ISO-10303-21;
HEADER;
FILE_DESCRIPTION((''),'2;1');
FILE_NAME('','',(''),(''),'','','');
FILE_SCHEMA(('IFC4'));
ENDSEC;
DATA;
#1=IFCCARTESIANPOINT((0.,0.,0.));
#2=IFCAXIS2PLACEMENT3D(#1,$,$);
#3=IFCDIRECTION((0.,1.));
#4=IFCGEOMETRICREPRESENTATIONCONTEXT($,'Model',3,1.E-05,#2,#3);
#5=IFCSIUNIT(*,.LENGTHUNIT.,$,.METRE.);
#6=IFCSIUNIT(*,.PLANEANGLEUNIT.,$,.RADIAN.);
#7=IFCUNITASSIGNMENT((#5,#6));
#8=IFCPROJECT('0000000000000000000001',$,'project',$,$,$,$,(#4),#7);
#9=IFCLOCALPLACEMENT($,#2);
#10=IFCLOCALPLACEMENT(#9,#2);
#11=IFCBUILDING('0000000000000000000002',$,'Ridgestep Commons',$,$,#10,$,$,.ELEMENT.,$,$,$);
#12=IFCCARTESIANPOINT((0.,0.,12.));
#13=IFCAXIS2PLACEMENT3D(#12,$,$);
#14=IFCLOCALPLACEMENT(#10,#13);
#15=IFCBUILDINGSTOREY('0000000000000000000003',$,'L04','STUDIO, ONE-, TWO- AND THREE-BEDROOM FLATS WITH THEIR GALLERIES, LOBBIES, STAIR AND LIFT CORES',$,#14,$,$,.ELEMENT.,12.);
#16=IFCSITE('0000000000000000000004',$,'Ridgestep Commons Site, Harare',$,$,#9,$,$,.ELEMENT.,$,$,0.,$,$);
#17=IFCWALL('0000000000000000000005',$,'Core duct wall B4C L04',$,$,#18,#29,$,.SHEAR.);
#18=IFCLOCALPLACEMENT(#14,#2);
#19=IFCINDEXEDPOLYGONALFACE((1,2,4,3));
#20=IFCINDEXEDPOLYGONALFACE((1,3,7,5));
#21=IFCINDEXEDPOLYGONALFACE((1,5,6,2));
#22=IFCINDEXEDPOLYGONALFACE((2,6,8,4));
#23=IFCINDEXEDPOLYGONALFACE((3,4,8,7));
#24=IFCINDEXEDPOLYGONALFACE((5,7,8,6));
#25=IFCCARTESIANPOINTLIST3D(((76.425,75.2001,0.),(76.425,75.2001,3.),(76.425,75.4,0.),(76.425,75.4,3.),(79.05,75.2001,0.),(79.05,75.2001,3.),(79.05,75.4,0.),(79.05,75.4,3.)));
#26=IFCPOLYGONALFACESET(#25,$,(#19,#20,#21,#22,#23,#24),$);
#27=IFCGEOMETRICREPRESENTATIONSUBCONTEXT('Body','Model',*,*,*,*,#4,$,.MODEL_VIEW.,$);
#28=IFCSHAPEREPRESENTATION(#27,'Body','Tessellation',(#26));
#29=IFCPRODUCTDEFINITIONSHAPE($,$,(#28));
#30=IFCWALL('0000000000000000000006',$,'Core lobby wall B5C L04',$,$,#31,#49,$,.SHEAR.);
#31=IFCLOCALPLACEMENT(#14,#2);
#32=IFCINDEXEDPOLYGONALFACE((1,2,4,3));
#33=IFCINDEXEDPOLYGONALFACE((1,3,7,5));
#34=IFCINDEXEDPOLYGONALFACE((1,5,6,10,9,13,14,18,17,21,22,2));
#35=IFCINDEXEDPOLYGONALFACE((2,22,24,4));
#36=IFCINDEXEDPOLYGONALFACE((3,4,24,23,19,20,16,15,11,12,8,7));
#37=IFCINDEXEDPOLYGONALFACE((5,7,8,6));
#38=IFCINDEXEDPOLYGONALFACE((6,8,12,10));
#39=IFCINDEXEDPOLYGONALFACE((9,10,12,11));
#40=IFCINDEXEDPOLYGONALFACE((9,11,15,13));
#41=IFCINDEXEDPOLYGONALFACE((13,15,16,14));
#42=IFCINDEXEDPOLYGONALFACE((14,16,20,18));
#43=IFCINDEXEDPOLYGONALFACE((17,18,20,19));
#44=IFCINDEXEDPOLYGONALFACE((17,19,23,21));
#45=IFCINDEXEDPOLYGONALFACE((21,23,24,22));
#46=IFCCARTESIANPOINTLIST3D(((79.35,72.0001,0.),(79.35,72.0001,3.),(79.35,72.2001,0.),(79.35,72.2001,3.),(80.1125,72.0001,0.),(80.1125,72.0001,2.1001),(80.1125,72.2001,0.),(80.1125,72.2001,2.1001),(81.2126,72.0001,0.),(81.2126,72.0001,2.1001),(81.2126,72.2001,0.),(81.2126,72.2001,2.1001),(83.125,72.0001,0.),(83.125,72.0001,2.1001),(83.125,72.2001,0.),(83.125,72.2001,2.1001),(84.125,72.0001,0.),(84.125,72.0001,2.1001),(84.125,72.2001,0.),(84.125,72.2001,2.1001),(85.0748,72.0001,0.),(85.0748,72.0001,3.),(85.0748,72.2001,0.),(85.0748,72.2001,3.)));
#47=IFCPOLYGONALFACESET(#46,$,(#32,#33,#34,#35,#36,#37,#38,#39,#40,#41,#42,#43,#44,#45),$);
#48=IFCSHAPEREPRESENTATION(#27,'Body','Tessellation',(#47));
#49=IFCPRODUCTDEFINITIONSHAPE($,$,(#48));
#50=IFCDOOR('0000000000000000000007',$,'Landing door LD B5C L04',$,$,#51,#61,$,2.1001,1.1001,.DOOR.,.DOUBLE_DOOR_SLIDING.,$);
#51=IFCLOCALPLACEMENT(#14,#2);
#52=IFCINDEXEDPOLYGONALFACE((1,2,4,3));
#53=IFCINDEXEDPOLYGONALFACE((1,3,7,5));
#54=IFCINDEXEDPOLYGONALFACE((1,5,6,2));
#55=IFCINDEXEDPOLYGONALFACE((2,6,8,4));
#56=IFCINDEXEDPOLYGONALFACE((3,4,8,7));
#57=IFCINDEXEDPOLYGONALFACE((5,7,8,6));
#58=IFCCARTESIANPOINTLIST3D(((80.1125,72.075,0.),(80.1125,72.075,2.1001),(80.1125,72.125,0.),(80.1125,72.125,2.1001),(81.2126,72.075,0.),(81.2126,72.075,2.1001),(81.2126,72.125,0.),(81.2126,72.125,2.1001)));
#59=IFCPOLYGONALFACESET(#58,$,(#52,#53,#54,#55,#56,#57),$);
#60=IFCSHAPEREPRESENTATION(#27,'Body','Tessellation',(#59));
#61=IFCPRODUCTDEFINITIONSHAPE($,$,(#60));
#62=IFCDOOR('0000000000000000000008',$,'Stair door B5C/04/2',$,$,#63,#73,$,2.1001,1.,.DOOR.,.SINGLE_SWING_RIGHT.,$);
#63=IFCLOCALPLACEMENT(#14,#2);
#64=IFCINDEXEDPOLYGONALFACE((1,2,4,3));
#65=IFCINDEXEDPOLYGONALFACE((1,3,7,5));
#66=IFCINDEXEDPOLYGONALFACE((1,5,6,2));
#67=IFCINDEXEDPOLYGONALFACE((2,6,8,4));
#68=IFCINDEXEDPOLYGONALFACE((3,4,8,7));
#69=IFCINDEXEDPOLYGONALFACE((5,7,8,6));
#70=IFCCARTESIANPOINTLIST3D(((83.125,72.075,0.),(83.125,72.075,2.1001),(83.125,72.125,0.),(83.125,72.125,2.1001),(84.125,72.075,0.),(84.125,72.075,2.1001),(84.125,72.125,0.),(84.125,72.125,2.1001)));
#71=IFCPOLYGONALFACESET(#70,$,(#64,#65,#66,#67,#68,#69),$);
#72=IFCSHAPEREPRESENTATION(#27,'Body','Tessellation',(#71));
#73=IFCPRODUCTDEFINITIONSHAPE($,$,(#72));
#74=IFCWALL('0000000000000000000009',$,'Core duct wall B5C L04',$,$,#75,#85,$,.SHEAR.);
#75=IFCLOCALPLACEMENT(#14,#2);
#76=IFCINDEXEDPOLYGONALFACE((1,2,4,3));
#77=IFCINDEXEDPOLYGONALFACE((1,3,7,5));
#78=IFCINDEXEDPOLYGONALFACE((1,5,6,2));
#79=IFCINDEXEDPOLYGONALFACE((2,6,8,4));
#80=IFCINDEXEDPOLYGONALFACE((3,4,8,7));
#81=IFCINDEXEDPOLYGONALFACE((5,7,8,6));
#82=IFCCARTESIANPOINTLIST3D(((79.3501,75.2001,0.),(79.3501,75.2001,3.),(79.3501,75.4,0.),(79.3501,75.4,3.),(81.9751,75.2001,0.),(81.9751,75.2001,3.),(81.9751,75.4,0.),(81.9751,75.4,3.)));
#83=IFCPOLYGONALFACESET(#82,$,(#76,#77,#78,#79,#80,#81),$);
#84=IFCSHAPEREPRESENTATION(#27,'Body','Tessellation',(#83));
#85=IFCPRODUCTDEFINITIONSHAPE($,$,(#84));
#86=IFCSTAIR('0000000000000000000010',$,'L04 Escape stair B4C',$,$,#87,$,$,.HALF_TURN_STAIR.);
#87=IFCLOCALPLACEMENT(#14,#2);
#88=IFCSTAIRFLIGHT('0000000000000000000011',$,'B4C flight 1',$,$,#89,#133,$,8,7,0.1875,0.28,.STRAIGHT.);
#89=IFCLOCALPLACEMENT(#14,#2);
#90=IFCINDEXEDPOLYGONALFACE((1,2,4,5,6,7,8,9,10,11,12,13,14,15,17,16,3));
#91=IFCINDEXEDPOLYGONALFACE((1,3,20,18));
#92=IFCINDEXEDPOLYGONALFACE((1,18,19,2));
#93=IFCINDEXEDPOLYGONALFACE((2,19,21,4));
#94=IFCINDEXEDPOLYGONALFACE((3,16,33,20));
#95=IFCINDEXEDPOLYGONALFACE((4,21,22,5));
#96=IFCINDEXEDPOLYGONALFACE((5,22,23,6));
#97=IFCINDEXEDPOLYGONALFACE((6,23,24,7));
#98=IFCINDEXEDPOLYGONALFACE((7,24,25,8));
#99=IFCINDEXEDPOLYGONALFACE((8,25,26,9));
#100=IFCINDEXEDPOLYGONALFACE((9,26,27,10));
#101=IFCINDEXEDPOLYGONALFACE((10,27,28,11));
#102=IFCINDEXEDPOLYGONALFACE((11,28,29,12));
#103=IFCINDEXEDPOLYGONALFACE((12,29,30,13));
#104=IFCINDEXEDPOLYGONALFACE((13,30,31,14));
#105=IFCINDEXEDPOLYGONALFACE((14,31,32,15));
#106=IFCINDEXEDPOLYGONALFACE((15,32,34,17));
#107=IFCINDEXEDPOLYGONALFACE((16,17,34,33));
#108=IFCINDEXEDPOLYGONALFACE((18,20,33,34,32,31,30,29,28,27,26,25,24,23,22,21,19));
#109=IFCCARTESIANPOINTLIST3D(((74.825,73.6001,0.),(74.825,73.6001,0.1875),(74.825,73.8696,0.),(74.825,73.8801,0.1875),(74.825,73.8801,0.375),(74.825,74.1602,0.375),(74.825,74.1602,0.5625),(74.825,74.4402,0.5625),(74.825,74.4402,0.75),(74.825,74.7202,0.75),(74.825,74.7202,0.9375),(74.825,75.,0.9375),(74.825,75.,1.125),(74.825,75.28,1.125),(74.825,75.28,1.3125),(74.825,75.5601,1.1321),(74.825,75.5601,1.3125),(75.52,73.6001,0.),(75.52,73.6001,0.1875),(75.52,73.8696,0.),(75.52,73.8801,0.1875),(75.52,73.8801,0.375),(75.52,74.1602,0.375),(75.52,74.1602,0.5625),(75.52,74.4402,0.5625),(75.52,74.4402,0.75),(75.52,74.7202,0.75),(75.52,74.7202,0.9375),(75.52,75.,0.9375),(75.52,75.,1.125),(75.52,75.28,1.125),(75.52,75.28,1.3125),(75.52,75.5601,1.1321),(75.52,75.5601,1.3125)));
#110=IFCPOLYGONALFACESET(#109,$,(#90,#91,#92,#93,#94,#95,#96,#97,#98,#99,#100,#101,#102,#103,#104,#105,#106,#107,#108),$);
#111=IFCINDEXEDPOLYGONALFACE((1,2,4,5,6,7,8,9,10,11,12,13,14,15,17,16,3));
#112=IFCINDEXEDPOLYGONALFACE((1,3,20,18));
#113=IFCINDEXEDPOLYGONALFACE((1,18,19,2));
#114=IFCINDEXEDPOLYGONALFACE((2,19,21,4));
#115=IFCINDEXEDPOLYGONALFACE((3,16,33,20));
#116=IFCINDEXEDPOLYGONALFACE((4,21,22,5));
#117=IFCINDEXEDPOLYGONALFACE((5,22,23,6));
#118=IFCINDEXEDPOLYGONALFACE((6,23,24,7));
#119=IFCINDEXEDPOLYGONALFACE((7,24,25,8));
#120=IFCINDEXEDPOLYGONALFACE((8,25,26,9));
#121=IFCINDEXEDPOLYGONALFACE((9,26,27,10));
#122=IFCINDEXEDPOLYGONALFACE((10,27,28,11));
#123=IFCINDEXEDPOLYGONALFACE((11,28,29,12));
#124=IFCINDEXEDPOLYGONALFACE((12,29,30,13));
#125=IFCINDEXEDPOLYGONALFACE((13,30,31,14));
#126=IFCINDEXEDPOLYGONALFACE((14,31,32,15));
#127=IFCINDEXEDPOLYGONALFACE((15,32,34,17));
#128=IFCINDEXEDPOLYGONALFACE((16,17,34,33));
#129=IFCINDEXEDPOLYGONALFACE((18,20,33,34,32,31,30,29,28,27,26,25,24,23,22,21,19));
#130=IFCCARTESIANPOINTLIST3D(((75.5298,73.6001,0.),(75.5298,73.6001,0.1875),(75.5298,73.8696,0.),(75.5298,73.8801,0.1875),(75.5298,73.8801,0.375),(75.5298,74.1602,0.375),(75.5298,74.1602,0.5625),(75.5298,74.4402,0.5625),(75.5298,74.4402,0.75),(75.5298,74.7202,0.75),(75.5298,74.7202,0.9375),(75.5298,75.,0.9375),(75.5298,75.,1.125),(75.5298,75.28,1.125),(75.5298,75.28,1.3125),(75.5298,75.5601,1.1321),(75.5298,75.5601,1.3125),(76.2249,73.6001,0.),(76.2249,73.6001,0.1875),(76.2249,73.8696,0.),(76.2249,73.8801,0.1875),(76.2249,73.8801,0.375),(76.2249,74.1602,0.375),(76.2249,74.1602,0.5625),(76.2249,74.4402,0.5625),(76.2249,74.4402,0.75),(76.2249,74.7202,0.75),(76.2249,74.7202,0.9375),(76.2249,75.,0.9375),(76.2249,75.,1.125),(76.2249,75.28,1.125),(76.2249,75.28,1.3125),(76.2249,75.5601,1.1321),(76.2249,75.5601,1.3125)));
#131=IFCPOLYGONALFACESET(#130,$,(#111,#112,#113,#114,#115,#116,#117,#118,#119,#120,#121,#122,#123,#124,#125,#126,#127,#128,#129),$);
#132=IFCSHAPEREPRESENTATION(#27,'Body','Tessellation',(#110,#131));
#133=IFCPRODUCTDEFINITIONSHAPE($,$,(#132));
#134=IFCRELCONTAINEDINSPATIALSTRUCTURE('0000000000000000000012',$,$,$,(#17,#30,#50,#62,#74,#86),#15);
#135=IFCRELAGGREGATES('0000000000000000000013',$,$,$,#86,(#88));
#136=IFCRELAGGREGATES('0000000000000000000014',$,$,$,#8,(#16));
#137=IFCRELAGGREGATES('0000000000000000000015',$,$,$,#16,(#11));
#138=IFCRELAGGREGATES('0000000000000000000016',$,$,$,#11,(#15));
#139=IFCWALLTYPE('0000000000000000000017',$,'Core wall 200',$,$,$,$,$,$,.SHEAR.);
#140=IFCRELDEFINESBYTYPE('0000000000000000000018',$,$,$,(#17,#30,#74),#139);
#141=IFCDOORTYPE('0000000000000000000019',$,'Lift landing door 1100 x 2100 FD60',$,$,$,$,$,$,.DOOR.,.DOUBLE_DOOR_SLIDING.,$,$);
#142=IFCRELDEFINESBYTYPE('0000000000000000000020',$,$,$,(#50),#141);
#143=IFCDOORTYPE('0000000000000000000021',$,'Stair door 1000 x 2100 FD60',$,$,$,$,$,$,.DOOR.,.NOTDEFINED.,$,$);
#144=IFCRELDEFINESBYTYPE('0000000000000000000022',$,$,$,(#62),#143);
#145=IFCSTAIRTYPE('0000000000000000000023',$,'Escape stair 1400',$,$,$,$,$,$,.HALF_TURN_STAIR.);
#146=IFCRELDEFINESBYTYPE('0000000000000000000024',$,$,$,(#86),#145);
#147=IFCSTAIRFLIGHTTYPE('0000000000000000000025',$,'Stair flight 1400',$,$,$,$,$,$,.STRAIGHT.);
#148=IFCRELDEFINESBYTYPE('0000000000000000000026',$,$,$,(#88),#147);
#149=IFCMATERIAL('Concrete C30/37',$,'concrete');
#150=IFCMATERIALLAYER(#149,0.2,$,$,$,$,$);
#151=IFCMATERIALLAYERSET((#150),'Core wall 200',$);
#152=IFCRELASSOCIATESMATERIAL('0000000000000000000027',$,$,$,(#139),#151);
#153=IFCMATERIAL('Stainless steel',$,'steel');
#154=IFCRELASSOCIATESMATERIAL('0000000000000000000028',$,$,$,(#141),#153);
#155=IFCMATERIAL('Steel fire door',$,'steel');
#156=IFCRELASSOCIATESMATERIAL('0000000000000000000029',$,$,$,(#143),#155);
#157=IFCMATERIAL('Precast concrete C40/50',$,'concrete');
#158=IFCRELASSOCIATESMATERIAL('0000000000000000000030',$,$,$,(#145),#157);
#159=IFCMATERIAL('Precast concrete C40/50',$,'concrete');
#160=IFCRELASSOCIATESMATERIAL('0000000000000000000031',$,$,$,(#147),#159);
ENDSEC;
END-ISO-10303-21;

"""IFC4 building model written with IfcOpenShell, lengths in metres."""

from ifc_helpers import new_model, si_unit, direction, frame, frame_2d, origin, place, context, subcontext, project, spatial, polyline, rectangle, outline, extrude, material, layer, layer_set, type_object, element, fill, aggregate, save


model = new_model("IFC4")

# Units and contexts
model_context = context("Model", 3, precision=1e-05, world=origin(), true_north=direction((0.0, 1.0)))
body_context = subcontext(model_context, "Body", "Model", "MODEL_VIEW")
ifc_project = project(units=[si_unit("LENGTHUNIT", "METRE"), si_unit("PLANEANGLEUNIT", "RADIAN")], contexts=[model_context])

# Site, building, storey
site_placement = place(None, origin())
site = spatial("IfcSite", under=ifc_project, at=site_placement, Name="Ridgestep Commons Site, Harare", CompositionType="ELEMENT", RefElevation=0.0)
building_placement = place(site_placement, origin())
building = spatial("IfcBuilding", under=site, at=building_placement, Name="Ridgestep Commons", CompositionType="ELEMENT")
storey_placement = place(building_placement, frame((0.0, 0.0, 12.0)))
storey = spatial("IfcBuildingStorey", under=building, at=storey_placement, Name="L04", Description="STUDIO, ONE-, TWO- AND THREE-BEDROOM FLATS WITH THEIR GALLERIES, LOBBIES, STAIR AND LIFT CORES", CompositionType="ELEMENT", Elevation=12.0)

# Shared definitions
ifc_material_1 = material(Name="Concrete C30/37", Category="concrete")
ifc_layer_1 = layer(ifc_material_1, 0.2)
ifc_layer_set_1 = layer_set([ifc_layer_1], Name="Core wall 200")
wall_type_1 = type_object("IfcWallType", Name="Core wall 200", PredefinedType="SHEAR", material=ifc_layer_set_1)
ifc_material_2 = material(Name="Stainless steel", Category="steel")
door_type_1 = type_object("IfcDoorType", Name="Lift landing door 1100 x 2100 FD60", OperationType="DOUBLE_DOOR_SLIDING", PredefinedType="DOOR", material=ifc_material_2)
ifc_material_3 = material(Name="Steel fire door", Category="steel")
door_type_2 = type_object("IfcDoorType", Name="Stair door 1000 x 2100 FD60", OperationType="NOTDEFINED", PredefinedType="DOOR", material=ifc_material_3)

# Wall
wall_1_placement = place(storey_placement, frame((76.425, 75.3, 0.0), z_axis=(0.0, 0.0, 1.0), x_axis=(1.0, 0.0, 0.0)))
element("IfcWall", 1, at=wall_1_placement, inside=storey, type_object=wall_type_1, Name="Core duct wall B4C L04", PredefinedType="SHEAR", context=body_context, shape_type="SweptSolid", body=[
    extrude(rectangle(XDim=2.625, YDim=0.2, at=frame_2d((1.3125, 0.0))), origin(), (0.0, 0.0, 1.0), 3.0),
])

# Wall, openings, doors
wall_2_placement = place(storey_placement, frame((79.3501, 72.1001, 0.0), z_axis=(0.0, 0.0, 1.0), x_axis=(1.0, 0.0, 0.0)))
wall_2 = element("IfcWall", 2, at=wall_2_placement, inside=storey, type_object=wall_type_1, Name="Core lobby wall B5C L04", PredefinedType="SHEAR", context=body_context, shape_type="SweptSolid", body=[
    extrude(rectangle(XDim=5.7249, YDim=0.2, at=frame_2d((2.8623, 0.0))), origin(), (0.0, 0.0, 1.0), 3.0),
])
opening_1_placement = place(wall_2_placement, frame((3.7749, 0.0, 0.0)))
opening_1 = element("IfcOpeningElement", 3, at=opening_1_placement, cuts=wall_2, PredefinedType="OPENING", context=body_context, shape_type="SweptSolid", body=[
    extrude(rectangle(XDim=1.0, YDim=2.1001, at=frame_2d((0.5, 1.05))), frame((0.0, 0.1099, 0.0), z_axis=(0.0, -1.0, 0.0), x_axis=(1.0, 0.0, 0.0)), (0.0, 0.0, 1.0), 0.22),
])
opening_2_placement = place(wall_2_placement, frame((0.7625, 0.0, 0.0)))
opening_2 = element("IfcOpeningElement", 4, at=opening_2_placement, cuts=wall_2, PredefinedType="OPENING", context=body_context, shape_type="SweptSolid", body=[
    extrude(rectangle(XDim=1.1001, YDim=2.1001, at=frame_2d((0.55, 1.05))), frame((0.0, 0.1099, 0.0), z_axis=(0.0, -1.0, 0.0), x_axis=(1.0, 0.0, 0.0)), (0.0, 0.0, 1.0), 0.22),
])
door_1_placement = place(opening_2_placement, origin())
door_1 = element("IfcDoor", 5, at=door_1_placement, inside=storey, type_object=door_type_1, Name="Landing door LD B5C L04", OperationType="DOUBLE_DOOR_SLIDING", OverallHeight=2.1001, OverallWidth=1.1001, PredefinedType="DOOR", context=body_context, shape_type="SweptSolid", body=[
    extrude(rectangle(XDim=1.1001, YDim=2.1001, at=frame_2d((0.55, 1.05))), frame((0.0, 0.0249, 0.0), z_axis=(0.0, -1.0, 0.0), x_axis=(1.0, 0.0, 0.0)), (0.0, 0.0, 1.0), 0.05),
])
fill(opening_2, door_1)
door_2_placement = place(opening_1_placement, origin())
door_2 = element("IfcDoor", 6, at=door_2_placement, inside=storey, type_object=door_type_2, Name="Stair door B5C/04/2", OperationType="SINGLE_SWING_RIGHT", OverallHeight=2.1001, OverallWidth=1.0, PredefinedType="DOOR", context=body_context, shape_type="SweptSolid", body=[
    extrude(rectangle(XDim=1.0, YDim=2.1001, at=frame_2d((0.5, 1.05))), frame((0.0, 0.0249, 0.0), z_axis=(0.0, -1.0, 0.0), x_axis=(1.0, 0.0, 0.0)), (0.0, 0.0, 1.0), 0.05),
])
fill(opening_1, door_2)

# Wall
wall_3_placement = place(storey_placement, frame((79.3501, 75.3, 0.0), z_axis=(0.0, 0.0, 1.0), x_axis=(1.0, 0.0, 0.0)))
element("IfcWall", 7, at=wall_3_placement, inside=storey, type_object=wall_type_1, Name="Core duct wall B5C L04", PredefinedType="SHEAR", context=body_context, shape_type="SweptSolid", body=[
    extrude(rectangle(XDim=2.625, YDim=0.2, at=frame_2d((1.3125, 0.0))), origin(), (0.0, 0.0, 1.0), 3.0),
])

# Stair, stair flight
ifc_material_4 = material(Name="Precast concrete C40/50", Category="concrete")
stair_type = type_object("IfcStairType", Name="Escape stair 1400", PredefinedType="HALF_TURN_STAIR", material=ifc_material_4)
stair_placement = place(storey_placement, origin())
stair = element("IfcStair", 8, at=stair_placement, inside=storey, type_object=stair_type, Name="L04 Escape stair B4C", PredefinedType="HALF_TURN_STAIR")
ifc_material_5 = material(Name="Precast concrete C40/50", Category="concrete")
stair_flight_type = type_object("IfcStairFlightType", Name="Stair flight 1400", PredefinedType="STRAIGHT", material=ifc_material_5)
stair_flight_placement = place(storey_placement, frame((75.5249, 73.6001, 0.0), z_axis=(0.0, 0.0, 1.0), x_axis=(0.0, 1.0, 0.0)))
stair_flight = element("IfcStairFlight", 9, at=stair_flight_placement, type_object=stair_flight_type, Name="B4C flight 1", NumberOfRisers=8, NumberOfTreads=7, PredefinedType="STRAIGHT", RiserHeight=0.1875, TreadLength=0.28, context=body_context, shape_type="SweptSolid", body=[
    extrude(outline(polyline([(0.0, 0.0), (0.0, 0.1875), (0.28, 0.1875), (0.28, 0.375), (0.5601, 0.375), (0.5601, 0.5625), (0.8401, 0.5625), (0.8401, 0.75), (1.1201, 0.75), (1.1201, 0.9375), (1.3999, 0.9375), (1.3999, 1.125), (1.6799, 1.125), (1.6799, 1.3125), (1.96, 1.3125), (1.96, 1.5), (1.96, 1.1321), (0.2695, 0.0), (0.0, 0.0)])), frame((0.0, 0.7, 0.0), z_axis=(0.0, -1.0, 0.0), x_axis=(1.0, 0.0, 0.0)), (0.0, 0.0, 1.0), 0.6951),
    extrude(outline(polyline([(0.0, 0.0), (0.0, 0.1875), (0.28, 0.1875), (0.28, 0.375), (0.5601, 0.375), (0.5601, 0.5625), (0.8401, 0.5625), (0.8401, 0.75), (1.1201, 0.75), (1.1201, 0.9375), (1.3999, 0.9375), (1.3999, 1.125), (1.6799, 1.125), (1.6799, 1.3125), (1.96, 1.3125), (1.96, 1.5), (1.96, 1.1321), (0.2695, 0.0), (0.0, 0.0)])), frame((0.0, -0.0049, 0.0), z_axis=(0.0, -1.0, 0.0), x_axis=(1.0, 0.0, 0.0)), (0.0, 0.0, 1.0), 0.6951),
])
aggregate(stair, [stair_flight])

save(model, "model.ifc")
